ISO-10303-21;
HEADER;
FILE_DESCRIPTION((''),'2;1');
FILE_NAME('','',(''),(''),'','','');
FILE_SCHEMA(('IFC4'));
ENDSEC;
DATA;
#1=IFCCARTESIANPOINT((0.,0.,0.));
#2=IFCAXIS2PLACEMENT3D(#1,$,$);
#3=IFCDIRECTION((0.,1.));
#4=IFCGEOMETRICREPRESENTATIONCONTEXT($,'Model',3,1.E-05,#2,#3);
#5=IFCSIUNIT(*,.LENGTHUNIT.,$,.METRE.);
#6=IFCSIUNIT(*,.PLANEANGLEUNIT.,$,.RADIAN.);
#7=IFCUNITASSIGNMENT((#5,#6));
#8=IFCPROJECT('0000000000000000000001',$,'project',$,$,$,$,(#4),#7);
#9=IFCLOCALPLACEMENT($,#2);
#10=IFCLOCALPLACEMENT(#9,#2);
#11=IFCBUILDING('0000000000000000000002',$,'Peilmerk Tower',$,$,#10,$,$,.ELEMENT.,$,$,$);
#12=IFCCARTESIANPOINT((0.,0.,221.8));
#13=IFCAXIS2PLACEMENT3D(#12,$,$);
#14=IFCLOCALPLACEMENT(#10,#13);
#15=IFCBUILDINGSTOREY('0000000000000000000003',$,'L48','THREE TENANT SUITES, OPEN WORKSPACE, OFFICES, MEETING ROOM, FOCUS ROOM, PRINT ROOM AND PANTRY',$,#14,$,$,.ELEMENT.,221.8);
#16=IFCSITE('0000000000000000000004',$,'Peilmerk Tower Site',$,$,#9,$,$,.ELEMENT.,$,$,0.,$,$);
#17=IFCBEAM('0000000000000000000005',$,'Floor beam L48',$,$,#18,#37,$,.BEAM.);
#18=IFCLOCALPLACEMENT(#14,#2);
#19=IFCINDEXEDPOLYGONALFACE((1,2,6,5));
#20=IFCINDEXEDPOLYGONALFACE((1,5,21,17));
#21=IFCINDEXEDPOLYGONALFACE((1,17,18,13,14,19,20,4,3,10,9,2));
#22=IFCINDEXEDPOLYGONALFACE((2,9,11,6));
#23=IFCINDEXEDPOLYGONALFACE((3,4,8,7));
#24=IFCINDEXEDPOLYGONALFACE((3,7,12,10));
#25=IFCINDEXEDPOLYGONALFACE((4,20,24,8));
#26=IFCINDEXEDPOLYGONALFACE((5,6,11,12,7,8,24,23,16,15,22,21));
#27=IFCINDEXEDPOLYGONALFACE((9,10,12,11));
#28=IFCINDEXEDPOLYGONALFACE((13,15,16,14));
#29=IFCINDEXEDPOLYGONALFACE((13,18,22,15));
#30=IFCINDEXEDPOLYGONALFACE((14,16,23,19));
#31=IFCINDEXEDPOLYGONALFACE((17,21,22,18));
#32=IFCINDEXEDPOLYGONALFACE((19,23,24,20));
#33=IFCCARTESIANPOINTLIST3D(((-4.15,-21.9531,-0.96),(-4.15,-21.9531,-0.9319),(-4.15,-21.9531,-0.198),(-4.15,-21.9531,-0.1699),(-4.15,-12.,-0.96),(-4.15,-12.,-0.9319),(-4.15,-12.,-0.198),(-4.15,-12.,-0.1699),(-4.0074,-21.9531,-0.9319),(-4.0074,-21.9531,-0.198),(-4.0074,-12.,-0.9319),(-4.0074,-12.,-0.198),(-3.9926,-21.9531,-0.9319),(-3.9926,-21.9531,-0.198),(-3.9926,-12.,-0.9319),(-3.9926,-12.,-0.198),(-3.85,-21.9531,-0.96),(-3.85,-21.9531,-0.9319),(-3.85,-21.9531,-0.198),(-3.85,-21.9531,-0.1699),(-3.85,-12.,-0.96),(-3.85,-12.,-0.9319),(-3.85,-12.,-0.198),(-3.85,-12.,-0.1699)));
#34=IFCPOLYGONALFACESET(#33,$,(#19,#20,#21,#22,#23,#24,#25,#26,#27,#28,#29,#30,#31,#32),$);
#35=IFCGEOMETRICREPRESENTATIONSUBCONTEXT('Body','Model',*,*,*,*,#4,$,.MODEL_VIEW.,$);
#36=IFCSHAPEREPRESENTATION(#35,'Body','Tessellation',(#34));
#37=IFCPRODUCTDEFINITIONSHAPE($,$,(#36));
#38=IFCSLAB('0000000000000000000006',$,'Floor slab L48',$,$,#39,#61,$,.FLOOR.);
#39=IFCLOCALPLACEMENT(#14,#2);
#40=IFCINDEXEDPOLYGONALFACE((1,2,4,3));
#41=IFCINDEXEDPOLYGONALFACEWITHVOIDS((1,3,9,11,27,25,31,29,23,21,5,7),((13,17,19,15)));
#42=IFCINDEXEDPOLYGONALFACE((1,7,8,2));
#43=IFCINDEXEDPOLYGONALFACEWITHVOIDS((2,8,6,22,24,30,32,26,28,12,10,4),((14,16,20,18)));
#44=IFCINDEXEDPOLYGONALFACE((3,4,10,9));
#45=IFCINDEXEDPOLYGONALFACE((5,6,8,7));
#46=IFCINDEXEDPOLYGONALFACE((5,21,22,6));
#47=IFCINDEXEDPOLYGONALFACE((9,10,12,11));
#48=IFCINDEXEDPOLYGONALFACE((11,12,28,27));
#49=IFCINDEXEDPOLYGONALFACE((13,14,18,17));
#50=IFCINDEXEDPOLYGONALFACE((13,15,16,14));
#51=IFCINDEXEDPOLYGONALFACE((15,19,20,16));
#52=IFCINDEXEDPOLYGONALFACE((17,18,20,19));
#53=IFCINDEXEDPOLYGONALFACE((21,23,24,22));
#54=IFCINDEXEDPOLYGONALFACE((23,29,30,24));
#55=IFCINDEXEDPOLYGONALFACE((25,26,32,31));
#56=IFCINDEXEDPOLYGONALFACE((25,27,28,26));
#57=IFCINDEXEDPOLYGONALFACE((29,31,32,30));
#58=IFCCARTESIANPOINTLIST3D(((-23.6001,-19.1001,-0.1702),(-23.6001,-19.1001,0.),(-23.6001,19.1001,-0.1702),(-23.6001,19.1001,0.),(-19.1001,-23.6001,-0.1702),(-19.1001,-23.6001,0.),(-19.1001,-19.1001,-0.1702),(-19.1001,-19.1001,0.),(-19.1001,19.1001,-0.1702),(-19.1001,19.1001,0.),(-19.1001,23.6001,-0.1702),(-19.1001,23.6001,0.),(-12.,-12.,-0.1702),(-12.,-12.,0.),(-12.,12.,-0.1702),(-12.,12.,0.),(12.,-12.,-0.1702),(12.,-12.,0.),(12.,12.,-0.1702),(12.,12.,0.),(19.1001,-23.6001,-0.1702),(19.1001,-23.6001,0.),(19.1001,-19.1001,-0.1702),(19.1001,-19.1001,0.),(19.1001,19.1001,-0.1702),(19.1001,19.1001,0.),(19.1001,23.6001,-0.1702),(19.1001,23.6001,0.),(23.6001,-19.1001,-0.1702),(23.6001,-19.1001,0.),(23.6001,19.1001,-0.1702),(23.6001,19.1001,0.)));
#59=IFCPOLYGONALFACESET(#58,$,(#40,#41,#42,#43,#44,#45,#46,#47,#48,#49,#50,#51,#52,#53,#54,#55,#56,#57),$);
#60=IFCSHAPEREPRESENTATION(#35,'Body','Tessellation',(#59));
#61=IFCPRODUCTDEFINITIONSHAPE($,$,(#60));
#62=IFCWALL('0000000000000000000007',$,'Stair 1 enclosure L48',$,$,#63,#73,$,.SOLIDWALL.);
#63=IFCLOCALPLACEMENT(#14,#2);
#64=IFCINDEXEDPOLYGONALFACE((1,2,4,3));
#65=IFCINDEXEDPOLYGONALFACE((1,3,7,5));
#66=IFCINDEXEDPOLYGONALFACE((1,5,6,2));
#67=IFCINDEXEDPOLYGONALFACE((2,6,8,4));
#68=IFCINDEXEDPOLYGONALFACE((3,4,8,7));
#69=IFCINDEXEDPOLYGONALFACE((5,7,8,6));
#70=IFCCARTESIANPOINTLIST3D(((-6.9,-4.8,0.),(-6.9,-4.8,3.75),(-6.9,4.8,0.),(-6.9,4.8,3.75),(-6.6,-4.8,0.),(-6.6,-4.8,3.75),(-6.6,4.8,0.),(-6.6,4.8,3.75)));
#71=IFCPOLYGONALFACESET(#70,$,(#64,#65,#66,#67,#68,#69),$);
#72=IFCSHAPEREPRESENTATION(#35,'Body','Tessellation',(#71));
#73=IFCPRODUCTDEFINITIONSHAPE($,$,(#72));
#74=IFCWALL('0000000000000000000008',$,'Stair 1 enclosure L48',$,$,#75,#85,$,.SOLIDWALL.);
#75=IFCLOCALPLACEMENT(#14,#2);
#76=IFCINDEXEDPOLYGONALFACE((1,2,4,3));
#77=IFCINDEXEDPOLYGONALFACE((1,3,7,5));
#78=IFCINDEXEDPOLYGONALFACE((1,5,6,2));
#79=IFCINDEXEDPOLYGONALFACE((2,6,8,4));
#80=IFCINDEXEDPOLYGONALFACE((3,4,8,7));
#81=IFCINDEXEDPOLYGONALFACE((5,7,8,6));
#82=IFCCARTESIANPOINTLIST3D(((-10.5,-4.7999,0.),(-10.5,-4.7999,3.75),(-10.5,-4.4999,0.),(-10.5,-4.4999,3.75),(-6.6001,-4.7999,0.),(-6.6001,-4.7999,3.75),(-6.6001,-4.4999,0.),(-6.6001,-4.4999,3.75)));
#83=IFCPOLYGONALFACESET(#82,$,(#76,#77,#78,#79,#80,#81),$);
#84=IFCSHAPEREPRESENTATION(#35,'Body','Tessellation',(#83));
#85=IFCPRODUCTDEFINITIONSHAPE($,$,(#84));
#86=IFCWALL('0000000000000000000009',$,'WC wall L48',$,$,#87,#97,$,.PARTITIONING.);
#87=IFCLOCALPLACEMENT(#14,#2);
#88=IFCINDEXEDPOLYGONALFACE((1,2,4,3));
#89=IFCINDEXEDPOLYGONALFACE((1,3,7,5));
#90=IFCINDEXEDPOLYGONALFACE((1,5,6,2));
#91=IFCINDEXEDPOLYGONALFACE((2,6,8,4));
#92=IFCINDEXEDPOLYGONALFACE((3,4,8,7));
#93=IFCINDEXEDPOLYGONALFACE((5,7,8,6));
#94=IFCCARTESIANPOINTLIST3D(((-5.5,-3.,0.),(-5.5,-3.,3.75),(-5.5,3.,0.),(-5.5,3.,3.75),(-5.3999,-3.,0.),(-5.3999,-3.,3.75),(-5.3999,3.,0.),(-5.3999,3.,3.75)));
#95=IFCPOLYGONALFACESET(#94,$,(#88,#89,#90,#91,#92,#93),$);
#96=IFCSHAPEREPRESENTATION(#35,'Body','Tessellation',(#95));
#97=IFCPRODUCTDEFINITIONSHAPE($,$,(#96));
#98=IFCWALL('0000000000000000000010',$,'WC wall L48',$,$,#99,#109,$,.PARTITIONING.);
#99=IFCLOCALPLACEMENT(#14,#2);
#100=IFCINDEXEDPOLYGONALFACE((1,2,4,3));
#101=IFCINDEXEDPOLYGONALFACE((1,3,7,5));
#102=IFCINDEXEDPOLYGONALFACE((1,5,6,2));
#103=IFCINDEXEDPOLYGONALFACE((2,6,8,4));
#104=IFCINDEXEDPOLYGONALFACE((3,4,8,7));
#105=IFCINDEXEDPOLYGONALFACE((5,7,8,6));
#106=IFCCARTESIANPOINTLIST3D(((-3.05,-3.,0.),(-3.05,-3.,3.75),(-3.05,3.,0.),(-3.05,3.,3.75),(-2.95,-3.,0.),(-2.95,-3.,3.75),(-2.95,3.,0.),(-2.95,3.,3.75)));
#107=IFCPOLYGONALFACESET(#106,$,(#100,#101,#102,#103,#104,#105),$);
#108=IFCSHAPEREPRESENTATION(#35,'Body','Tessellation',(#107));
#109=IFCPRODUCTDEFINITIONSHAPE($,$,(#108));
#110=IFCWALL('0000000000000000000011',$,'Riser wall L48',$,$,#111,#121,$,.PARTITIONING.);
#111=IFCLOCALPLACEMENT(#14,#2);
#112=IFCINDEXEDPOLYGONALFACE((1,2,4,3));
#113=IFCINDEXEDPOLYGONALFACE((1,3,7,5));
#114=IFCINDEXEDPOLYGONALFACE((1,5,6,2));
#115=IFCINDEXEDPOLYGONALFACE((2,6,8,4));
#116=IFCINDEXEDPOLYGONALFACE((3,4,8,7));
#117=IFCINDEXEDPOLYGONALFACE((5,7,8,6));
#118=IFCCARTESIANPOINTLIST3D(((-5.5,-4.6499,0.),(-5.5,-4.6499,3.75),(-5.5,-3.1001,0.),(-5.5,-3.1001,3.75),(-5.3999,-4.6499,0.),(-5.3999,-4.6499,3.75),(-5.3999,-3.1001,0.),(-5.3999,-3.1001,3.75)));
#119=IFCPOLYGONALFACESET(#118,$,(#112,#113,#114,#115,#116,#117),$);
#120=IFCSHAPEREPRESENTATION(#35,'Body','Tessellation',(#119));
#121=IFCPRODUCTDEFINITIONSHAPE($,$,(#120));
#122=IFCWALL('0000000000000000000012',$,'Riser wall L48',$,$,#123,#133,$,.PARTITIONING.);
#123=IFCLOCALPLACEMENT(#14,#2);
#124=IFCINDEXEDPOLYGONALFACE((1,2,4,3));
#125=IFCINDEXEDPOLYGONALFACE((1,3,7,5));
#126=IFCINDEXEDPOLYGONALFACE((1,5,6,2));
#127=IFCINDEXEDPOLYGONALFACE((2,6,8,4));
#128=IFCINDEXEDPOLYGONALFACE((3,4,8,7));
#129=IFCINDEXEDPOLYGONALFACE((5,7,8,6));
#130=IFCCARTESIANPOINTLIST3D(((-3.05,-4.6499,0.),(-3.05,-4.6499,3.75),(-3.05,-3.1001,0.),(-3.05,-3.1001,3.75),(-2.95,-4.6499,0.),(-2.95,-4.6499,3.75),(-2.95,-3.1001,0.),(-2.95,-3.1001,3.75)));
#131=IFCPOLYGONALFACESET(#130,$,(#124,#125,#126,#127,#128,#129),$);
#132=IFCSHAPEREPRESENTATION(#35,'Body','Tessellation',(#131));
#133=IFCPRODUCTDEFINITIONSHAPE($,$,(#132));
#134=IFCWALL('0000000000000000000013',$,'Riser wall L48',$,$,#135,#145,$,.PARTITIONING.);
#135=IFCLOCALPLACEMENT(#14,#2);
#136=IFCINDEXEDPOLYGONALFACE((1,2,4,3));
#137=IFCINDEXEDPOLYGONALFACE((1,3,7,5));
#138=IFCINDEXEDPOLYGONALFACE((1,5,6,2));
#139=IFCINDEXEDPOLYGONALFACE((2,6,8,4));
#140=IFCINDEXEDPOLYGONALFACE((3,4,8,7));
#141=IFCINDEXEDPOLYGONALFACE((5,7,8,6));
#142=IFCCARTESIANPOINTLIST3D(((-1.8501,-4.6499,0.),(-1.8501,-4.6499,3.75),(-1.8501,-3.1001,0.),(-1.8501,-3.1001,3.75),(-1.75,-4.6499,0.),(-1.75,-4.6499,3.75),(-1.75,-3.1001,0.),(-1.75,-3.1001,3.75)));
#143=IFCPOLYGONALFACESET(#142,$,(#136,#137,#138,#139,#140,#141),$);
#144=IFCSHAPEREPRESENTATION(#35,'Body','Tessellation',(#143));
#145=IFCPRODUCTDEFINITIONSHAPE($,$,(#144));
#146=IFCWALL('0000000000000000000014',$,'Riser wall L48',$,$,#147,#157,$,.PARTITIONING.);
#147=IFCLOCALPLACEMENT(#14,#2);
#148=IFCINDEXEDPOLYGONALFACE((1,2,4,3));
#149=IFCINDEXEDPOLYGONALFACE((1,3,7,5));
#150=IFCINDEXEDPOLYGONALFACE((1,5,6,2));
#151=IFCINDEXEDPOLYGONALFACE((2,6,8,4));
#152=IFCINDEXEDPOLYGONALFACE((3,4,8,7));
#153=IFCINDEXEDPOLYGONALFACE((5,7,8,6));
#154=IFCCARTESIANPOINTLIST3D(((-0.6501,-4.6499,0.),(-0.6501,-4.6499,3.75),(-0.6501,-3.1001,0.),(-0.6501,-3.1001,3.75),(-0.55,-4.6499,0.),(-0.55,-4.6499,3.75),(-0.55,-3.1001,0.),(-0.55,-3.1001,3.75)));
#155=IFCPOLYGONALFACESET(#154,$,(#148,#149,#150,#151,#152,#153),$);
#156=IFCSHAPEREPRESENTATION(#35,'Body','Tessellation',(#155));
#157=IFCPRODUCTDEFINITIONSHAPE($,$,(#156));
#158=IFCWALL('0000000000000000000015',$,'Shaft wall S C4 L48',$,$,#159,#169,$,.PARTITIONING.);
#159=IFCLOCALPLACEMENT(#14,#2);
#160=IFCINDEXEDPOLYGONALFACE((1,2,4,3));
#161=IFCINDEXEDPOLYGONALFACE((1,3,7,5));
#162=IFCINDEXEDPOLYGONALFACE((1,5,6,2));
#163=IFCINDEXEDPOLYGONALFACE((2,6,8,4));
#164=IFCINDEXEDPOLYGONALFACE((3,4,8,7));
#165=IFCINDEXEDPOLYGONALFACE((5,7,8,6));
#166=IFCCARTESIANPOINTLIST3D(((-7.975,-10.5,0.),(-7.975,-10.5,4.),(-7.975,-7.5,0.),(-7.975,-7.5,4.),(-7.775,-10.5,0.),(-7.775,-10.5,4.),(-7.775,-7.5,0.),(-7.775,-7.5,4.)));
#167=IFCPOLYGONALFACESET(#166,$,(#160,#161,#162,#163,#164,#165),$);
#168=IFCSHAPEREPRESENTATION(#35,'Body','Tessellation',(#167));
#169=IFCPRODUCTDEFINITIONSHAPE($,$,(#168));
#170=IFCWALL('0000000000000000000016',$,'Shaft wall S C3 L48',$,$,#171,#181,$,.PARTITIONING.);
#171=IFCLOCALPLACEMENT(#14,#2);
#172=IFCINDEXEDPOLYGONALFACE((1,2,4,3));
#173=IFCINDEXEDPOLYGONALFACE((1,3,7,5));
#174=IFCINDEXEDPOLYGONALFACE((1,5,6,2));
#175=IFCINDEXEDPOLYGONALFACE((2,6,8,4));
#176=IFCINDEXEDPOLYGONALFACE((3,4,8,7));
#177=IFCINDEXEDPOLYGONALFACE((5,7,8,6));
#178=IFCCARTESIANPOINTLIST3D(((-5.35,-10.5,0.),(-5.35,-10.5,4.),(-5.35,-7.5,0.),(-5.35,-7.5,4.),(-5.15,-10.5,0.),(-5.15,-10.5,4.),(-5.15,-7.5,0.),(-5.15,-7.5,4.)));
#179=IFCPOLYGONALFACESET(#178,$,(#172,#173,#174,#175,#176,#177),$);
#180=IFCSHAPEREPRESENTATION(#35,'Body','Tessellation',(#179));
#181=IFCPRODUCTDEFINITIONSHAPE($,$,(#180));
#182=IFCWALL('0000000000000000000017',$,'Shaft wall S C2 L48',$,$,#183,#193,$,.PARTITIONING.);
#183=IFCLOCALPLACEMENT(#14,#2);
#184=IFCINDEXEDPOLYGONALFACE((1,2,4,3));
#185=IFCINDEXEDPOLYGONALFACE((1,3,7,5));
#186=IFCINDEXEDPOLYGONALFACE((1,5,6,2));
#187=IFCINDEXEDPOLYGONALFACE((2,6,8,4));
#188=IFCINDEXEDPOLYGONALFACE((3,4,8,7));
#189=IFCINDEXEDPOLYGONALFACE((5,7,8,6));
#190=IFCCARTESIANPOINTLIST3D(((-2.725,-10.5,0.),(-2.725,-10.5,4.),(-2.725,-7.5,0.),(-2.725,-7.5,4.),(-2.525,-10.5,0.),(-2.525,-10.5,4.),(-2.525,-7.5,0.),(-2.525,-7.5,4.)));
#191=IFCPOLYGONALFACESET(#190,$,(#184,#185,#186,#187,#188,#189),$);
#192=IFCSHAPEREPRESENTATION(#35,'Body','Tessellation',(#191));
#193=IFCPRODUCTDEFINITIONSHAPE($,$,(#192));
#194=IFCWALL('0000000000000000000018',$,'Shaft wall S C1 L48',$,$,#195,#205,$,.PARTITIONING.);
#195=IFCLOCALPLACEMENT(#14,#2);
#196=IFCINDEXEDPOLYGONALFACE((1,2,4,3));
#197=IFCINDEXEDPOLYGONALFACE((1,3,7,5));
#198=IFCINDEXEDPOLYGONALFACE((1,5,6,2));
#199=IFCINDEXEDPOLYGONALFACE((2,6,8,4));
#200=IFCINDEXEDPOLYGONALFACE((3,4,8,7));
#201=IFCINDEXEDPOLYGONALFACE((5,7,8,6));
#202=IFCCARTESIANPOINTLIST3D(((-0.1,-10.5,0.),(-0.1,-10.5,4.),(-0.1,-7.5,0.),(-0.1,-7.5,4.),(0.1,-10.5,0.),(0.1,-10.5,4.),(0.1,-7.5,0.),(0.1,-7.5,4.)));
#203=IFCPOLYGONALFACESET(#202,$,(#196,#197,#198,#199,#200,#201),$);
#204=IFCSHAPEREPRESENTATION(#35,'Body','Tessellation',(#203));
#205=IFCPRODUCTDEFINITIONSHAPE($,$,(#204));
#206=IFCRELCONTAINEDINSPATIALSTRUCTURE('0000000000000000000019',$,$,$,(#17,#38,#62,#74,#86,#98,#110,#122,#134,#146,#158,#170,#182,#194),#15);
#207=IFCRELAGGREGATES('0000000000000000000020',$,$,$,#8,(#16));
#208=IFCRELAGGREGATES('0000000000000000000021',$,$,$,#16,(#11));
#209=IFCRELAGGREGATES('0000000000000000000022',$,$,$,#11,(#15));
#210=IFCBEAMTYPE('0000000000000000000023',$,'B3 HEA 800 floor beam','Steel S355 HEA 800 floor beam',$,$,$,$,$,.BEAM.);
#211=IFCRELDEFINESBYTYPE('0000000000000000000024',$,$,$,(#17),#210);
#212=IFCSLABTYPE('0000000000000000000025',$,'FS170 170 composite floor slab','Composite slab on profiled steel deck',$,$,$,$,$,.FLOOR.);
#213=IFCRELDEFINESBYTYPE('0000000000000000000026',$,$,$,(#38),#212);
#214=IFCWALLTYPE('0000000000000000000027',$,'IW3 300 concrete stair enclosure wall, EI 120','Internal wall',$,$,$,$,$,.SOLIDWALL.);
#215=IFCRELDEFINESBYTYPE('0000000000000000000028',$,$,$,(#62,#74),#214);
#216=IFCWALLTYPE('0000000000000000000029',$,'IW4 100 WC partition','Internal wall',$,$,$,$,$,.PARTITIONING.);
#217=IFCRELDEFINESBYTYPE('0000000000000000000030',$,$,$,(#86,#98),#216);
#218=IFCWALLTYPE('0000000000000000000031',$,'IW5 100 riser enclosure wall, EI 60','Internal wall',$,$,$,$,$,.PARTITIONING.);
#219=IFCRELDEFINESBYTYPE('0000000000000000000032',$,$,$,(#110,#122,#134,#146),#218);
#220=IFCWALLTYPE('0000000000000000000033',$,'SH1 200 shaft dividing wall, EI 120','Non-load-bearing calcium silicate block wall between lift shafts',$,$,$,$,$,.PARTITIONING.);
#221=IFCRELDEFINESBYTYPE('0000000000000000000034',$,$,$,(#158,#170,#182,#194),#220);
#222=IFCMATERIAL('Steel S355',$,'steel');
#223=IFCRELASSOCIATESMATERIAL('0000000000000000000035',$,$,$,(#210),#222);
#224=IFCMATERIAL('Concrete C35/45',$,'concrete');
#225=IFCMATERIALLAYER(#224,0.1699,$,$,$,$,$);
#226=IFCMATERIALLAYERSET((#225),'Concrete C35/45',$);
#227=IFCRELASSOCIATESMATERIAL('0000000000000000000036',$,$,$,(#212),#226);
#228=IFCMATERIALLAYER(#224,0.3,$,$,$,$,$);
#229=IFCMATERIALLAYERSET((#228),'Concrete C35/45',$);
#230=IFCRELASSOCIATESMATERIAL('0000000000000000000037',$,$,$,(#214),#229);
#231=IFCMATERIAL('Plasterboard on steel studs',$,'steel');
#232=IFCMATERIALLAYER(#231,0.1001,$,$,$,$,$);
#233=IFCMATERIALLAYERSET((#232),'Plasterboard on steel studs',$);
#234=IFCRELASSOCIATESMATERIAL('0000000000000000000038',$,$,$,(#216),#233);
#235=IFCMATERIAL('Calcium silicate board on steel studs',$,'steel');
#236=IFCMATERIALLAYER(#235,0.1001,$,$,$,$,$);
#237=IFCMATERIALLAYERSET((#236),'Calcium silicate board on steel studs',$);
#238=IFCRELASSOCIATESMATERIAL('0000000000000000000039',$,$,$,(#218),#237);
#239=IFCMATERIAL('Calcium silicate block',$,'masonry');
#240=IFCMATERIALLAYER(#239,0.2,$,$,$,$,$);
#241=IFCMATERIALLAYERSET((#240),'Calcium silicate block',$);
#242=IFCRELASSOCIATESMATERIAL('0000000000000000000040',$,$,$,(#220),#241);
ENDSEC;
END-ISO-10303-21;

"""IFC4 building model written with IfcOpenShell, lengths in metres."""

from ifc_helpers import new_model, si_unit, direction, frame, frame_2d, origin, origin_2d, place, context, subcontext, project, spatial, polyline, rectangle, i_section, outline, extrude, material, layer, layer_set, material_profile, profile_set, type_object, element, save


model = new_model("IFC4")

# Units and contexts
model_context = context("Model", 3, precision=1e-05, world=origin(), true_north=direction((0.0, 1.0)))
body_context = subcontext(model_context, "Body", "Model", "MODEL_VIEW")
ifc_project = project(units=[si_unit("LENGTHUNIT", "METRE"), si_unit("PLANEANGLEUNIT", "RADIAN")], contexts=[model_context])

# Site, building, storey
site_placement = place(None, origin())
site = spatial("IfcSite", under=ifc_project, at=site_placement, Name="Peilmerk Tower Site", CompositionType="ELEMENT", RefElevation=0.0)
building_placement = place(site_placement, origin())
building = spatial("IfcBuilding", under=site, at=building_placement, Name="Peilmerk Tower", CompositionType="ELEMENT")
storey_placement = place(building_placement, frame((0.0, 0.0, 221.8)))
storey = spatial("IfcBuildingStorey", under=building, at=storey_placement, Name="L48", Description="THREE TENANT SUITES, OPEN WORKSPACE, OFFICES, MEETING ROOM, FOCUS ROOM, PRINT ROOM AND PANTRY", CompositionType="ELEMENT", Elevation=221.8)

# Beam
ifc_material_1 = material(Name="Steel S355", Category="steel")
ifc_material_profile = material_profile(ifc_material_1, i_section(OverallWidth=0.3, OverallDepth=0.79, WebThickness=0.0149, FlangeThickness=0.0281, at=origin_2d()), Name="HEA 800")
ifc_profile_set = profile_set([ifc_material_profile], Name="Steel S355")
beam_type = type_object("IfcBeamType", Name="B3 HEA 800 floor beam", Description="Steel S355 HEA 800 floor beam", PredefinedType="BEAM", material=ifc_profile_set)
beam_placement = place(storey_placement, frame((-4.0, -12.0, -0.5649), z_axis=(0.0, -1.0, 0.0), x_axis=(1.0, 0.0, 0.0)))
element("IfcBeam", 1, at=beam_placement, inside=storey, type_object=beam_type, Name="Floor beam L48", PredefinedType="BEAM", context=body_context, shape_type="SweptSolid", body=[
    extrude(i_section(OverallWidth=0.3, OverallDepth=0.79, WebThickness=0.0149, FlangeThickness=0.0281, at=origin_2d()), origin(), (0.0, 0.0, 1.0), 9.9531),
])

# Slab
ifc_material_2 = material(Name="Concrete C35/45", Category="concrete")
ifc_layer_1 = layer(ifc_material_2, 0.1699)
ifc_layer_set_1 = layer_set([ifc_layer_1], Name="Concrete C35/45")
slab_type = type_object("IfcSlabType", Name="FS170 170 composite floor slab", Description="Composite slab on profiled steel deck", PredefinedType="FLOOR", material=ifc_layer_set_1)
slab_placement = place(storey_placement, frame((0.0, 0.0, -0.1702)))
element("IfcSlab", 2, at=slab_placement, inside=storey, type_object=slab_type, Name="Floor slab L48", PredefinedType="FLOOR", context=body_context, shape_type="SweptSolid", body=[
    extrude(outline(polyline([(-19.1001, -23.6001), (19.1001, -23.6001), (19.1001, -19.1001), (23.6001, -19.1001), (23.6001, 19.1001), (19.1001, 19.1001), (19.1001, 23.6001), (-19.1001, 23.6001), (-19.1001, 19.1001), (-23.6001, 19.1001), (-23.6001, -19.1001), (-19.1001, -19.1001), (-19.1001, -23.6001)]), holes=[polyline([(12.0, 12.0), (12.0, -12.0), (-12.0, -12.0), (-12.0, 12.0), (12.0, 12.0)])]), origin(), (0.0, 0.0, 1.0), 0.1702),
])

# Walls
ifc_layer_2 = layer(ifc_material_2, 0.3)
ifc_layer_set_2 = layer_set([ifc_layer_2], Name="Concrete C35/45")
wall_type_1 = type_object("IfcWallType", Name="IW3 300 concrete stair enclosure wall, EI 120", Description="Internal wall", PredefinedType="SOLIDWALL", material=ifc_layer_set_2)
wall_1_placement = place(storey_placement, frame((-6.75, -4.8, 0.0), z_axis=(0.0, 0.0, 1.0), x_axis=(0.0, 1.0, 0.0)))
element("IfcWall", 3, at=wall_1_placement, inside=storey, type_object=wall_type_1, Name="Stair 1 enclosure L48", PredefinedType="SOLIDWALL", context=body_context, shape_type="SweptSolid", body=[
    extrude(rectangle(XDim=9.6001, YDim=0.3, at=frame_2d((4.8, 0.0))), origin(), (0.0, 0.0, 1.0), 3.75),
])
wall_2_placement = place(storey_placement, frame((-6.6001, -4.6499, 0.0), z_axis=(0.0, 0.0, 1.0), x_axis=(-1.0, 0.0, 0.0)))
element("IfcWall", 4, at=wall_2_placement, inside=storey, type_object=wall_type_1, Name="Stair 1 enclosure L48", PredefinedType="SOLIDWALL", context=body_context, shape_type="SweptSolid", body=[
    extrude(rectangle(XDim=3.8999, YDim=0.3, at=frame_2d((1.95, 0.0))), origin(), (0.0, 0.0, 1.0), 3.75),
])
ifc_material_3 = material(Name="Plasterboard on steel studs", Category="steel")
ifc_layer_3 = layer(ifc_material_3, 0.1001)
ifc_layer_set_3 = layer_set([ifc_layer_3], Name="Plasterboard on steel studs")
wall_type_2 = type_object("IfcWallType", Name="IW4 100 WC partition", Description="Internal wall", PredefinedType="PARTITIONING", material=ifc_layer_set_3)
for number, where, z_axis, x_axis, name in (
    (5, (-5.45, -3.0, 0.0), (0.0, 0.0, 1.0), (0.0, 1.0, 0.0), "WC wall L48"),
    (6, (-3.0, -3.0, 0.0), (0.0, 0.0, 1.0), (0.0, 1.0, 0.0), "WC wall L48"),
):
    element("IfcWall", number, at=place(storey_placement, frame(where, z_axis=z_axis, x_axis=x_axis)), inside=storey, type_object=wall_type_2, Name=name, PredefinedType="PARTITIONING", context=body_context, shape_type="SweptSolid", body=[
        extrude(rectangle(XDim=6.0, YDim=0.1001, at=frame_2d((3.0, 0.0))), origin(), (0.0, 0.0, 1.0), 3.75),
    ])
ifc_material_4 = material(Name="Calcium silicate board on steel studs", Category="steel")
ifc_layer_4 = layer(ifc_material_4, 0.1001)
ifc_layer_set_4 = layer_set([ifc_layer_4], Name="Calcium silicate board on steel studs")
wall_type_3 = type_object("IfcWallType", Name="IW5 100 riser enclosure wall, EI 60", Description="Internal wall", PredefinedType="PARTITIONING", material=ifc_layer_set_4)
for number, where, z_axis, x_axis, name in (
    (7, (-5.45, -3.1001, 0.0), (0.0, 0.0, 1.0), (0.0, -1.0, 0.0), "Riser wall L48"),
    (8, (-3.0, -3.1001, 0.0), (0.0, 0.0, 1.0), (0.0, -1.0, 0.0), "Riser wall L48"),
    (9, (-1.8, -3.1001, 0.0), (0.0, 0.0, 1.0), (0.0, -1.0, 0.0), "Riser wall L48"),
    (10, (-0.6001, -3.1001, 0.0), (0.0, 0.0, 1.0), (0.0, -1.0, 0.0), "Riser wall L48"),
):
    element("IfcWall", number, at=place(storey_placement, frame(where, z_axis=z_axis, x_axis=x_axis)), inside=storey, type_object=wall_type_3, Name=name, PredefinedType="PARTITIONING", context=body_context, shape_type="SweptSolid", body=[
        extrude(rectangle(XDim=1.5498, YDim=0.1001, at=frame_2d((0.7749, 0.0))), origin(), (0.0, 0.0, 1.0), 3.75),
    ])
ifc_material_5 = material(Name="Calcium silicate block", Category="masonry")
ifc_layer_5 = layer(ifc_material_5, 0.2)
ifc_layer_set_5 = layer_set([ifc_layer_5], Name="Calcium silicate block")
wall_type_4 = type_object("IfcWallType", Name="SH1 200 shaft dividing wall, EI 120", Description="Non-load-bearing calcium silicate block wall between lift shafts", PredefinedType="PARTITIONING", material=ifc_layer_set_5)
for number, where, z_axis, x_axis, name in (
    (11, (-7.875, -10.5, 0.0), (0.0, 0.0, 1.0), (0.0, 1.0, 0.0), "Shaft wall S C4 L48"),
    (12, (-5.25, -10.5, 0.0), (0.0, 0.0, 1.0), (0.0, 1.0, 0.0), "Shaft wall S C3 L48"),
    (13, (-2.625, -10.5, 0.0), (0.0, 0.0, 1.0), (0.0, 1.0, 0.0), "Shaft wall S C2 L48"),
    (14, (0.0, -10.5, 0.0), (0.0, 0.0, 1.0), (0.0, 1.0, 0.0), "Shaft wall S C1 L48"),
):
    element("IfcWall", number, at=place(storey_placement, frame(where, z_axis=z_axis, x_axis=x_axis)), inside=storey, type_object=wall_type_4, Name=name, PredefinedType="PARTITIONING", context=body_context, shape_type="SweptSolid", body=[
        extrude(rectangle(XDim=3.0, YDim=0.2, at=frame_2d((1.5, 0.0))), origin(), (0.0, 0.0, 1.0), 4.0),
    ])

save(model, "model.ifc")
